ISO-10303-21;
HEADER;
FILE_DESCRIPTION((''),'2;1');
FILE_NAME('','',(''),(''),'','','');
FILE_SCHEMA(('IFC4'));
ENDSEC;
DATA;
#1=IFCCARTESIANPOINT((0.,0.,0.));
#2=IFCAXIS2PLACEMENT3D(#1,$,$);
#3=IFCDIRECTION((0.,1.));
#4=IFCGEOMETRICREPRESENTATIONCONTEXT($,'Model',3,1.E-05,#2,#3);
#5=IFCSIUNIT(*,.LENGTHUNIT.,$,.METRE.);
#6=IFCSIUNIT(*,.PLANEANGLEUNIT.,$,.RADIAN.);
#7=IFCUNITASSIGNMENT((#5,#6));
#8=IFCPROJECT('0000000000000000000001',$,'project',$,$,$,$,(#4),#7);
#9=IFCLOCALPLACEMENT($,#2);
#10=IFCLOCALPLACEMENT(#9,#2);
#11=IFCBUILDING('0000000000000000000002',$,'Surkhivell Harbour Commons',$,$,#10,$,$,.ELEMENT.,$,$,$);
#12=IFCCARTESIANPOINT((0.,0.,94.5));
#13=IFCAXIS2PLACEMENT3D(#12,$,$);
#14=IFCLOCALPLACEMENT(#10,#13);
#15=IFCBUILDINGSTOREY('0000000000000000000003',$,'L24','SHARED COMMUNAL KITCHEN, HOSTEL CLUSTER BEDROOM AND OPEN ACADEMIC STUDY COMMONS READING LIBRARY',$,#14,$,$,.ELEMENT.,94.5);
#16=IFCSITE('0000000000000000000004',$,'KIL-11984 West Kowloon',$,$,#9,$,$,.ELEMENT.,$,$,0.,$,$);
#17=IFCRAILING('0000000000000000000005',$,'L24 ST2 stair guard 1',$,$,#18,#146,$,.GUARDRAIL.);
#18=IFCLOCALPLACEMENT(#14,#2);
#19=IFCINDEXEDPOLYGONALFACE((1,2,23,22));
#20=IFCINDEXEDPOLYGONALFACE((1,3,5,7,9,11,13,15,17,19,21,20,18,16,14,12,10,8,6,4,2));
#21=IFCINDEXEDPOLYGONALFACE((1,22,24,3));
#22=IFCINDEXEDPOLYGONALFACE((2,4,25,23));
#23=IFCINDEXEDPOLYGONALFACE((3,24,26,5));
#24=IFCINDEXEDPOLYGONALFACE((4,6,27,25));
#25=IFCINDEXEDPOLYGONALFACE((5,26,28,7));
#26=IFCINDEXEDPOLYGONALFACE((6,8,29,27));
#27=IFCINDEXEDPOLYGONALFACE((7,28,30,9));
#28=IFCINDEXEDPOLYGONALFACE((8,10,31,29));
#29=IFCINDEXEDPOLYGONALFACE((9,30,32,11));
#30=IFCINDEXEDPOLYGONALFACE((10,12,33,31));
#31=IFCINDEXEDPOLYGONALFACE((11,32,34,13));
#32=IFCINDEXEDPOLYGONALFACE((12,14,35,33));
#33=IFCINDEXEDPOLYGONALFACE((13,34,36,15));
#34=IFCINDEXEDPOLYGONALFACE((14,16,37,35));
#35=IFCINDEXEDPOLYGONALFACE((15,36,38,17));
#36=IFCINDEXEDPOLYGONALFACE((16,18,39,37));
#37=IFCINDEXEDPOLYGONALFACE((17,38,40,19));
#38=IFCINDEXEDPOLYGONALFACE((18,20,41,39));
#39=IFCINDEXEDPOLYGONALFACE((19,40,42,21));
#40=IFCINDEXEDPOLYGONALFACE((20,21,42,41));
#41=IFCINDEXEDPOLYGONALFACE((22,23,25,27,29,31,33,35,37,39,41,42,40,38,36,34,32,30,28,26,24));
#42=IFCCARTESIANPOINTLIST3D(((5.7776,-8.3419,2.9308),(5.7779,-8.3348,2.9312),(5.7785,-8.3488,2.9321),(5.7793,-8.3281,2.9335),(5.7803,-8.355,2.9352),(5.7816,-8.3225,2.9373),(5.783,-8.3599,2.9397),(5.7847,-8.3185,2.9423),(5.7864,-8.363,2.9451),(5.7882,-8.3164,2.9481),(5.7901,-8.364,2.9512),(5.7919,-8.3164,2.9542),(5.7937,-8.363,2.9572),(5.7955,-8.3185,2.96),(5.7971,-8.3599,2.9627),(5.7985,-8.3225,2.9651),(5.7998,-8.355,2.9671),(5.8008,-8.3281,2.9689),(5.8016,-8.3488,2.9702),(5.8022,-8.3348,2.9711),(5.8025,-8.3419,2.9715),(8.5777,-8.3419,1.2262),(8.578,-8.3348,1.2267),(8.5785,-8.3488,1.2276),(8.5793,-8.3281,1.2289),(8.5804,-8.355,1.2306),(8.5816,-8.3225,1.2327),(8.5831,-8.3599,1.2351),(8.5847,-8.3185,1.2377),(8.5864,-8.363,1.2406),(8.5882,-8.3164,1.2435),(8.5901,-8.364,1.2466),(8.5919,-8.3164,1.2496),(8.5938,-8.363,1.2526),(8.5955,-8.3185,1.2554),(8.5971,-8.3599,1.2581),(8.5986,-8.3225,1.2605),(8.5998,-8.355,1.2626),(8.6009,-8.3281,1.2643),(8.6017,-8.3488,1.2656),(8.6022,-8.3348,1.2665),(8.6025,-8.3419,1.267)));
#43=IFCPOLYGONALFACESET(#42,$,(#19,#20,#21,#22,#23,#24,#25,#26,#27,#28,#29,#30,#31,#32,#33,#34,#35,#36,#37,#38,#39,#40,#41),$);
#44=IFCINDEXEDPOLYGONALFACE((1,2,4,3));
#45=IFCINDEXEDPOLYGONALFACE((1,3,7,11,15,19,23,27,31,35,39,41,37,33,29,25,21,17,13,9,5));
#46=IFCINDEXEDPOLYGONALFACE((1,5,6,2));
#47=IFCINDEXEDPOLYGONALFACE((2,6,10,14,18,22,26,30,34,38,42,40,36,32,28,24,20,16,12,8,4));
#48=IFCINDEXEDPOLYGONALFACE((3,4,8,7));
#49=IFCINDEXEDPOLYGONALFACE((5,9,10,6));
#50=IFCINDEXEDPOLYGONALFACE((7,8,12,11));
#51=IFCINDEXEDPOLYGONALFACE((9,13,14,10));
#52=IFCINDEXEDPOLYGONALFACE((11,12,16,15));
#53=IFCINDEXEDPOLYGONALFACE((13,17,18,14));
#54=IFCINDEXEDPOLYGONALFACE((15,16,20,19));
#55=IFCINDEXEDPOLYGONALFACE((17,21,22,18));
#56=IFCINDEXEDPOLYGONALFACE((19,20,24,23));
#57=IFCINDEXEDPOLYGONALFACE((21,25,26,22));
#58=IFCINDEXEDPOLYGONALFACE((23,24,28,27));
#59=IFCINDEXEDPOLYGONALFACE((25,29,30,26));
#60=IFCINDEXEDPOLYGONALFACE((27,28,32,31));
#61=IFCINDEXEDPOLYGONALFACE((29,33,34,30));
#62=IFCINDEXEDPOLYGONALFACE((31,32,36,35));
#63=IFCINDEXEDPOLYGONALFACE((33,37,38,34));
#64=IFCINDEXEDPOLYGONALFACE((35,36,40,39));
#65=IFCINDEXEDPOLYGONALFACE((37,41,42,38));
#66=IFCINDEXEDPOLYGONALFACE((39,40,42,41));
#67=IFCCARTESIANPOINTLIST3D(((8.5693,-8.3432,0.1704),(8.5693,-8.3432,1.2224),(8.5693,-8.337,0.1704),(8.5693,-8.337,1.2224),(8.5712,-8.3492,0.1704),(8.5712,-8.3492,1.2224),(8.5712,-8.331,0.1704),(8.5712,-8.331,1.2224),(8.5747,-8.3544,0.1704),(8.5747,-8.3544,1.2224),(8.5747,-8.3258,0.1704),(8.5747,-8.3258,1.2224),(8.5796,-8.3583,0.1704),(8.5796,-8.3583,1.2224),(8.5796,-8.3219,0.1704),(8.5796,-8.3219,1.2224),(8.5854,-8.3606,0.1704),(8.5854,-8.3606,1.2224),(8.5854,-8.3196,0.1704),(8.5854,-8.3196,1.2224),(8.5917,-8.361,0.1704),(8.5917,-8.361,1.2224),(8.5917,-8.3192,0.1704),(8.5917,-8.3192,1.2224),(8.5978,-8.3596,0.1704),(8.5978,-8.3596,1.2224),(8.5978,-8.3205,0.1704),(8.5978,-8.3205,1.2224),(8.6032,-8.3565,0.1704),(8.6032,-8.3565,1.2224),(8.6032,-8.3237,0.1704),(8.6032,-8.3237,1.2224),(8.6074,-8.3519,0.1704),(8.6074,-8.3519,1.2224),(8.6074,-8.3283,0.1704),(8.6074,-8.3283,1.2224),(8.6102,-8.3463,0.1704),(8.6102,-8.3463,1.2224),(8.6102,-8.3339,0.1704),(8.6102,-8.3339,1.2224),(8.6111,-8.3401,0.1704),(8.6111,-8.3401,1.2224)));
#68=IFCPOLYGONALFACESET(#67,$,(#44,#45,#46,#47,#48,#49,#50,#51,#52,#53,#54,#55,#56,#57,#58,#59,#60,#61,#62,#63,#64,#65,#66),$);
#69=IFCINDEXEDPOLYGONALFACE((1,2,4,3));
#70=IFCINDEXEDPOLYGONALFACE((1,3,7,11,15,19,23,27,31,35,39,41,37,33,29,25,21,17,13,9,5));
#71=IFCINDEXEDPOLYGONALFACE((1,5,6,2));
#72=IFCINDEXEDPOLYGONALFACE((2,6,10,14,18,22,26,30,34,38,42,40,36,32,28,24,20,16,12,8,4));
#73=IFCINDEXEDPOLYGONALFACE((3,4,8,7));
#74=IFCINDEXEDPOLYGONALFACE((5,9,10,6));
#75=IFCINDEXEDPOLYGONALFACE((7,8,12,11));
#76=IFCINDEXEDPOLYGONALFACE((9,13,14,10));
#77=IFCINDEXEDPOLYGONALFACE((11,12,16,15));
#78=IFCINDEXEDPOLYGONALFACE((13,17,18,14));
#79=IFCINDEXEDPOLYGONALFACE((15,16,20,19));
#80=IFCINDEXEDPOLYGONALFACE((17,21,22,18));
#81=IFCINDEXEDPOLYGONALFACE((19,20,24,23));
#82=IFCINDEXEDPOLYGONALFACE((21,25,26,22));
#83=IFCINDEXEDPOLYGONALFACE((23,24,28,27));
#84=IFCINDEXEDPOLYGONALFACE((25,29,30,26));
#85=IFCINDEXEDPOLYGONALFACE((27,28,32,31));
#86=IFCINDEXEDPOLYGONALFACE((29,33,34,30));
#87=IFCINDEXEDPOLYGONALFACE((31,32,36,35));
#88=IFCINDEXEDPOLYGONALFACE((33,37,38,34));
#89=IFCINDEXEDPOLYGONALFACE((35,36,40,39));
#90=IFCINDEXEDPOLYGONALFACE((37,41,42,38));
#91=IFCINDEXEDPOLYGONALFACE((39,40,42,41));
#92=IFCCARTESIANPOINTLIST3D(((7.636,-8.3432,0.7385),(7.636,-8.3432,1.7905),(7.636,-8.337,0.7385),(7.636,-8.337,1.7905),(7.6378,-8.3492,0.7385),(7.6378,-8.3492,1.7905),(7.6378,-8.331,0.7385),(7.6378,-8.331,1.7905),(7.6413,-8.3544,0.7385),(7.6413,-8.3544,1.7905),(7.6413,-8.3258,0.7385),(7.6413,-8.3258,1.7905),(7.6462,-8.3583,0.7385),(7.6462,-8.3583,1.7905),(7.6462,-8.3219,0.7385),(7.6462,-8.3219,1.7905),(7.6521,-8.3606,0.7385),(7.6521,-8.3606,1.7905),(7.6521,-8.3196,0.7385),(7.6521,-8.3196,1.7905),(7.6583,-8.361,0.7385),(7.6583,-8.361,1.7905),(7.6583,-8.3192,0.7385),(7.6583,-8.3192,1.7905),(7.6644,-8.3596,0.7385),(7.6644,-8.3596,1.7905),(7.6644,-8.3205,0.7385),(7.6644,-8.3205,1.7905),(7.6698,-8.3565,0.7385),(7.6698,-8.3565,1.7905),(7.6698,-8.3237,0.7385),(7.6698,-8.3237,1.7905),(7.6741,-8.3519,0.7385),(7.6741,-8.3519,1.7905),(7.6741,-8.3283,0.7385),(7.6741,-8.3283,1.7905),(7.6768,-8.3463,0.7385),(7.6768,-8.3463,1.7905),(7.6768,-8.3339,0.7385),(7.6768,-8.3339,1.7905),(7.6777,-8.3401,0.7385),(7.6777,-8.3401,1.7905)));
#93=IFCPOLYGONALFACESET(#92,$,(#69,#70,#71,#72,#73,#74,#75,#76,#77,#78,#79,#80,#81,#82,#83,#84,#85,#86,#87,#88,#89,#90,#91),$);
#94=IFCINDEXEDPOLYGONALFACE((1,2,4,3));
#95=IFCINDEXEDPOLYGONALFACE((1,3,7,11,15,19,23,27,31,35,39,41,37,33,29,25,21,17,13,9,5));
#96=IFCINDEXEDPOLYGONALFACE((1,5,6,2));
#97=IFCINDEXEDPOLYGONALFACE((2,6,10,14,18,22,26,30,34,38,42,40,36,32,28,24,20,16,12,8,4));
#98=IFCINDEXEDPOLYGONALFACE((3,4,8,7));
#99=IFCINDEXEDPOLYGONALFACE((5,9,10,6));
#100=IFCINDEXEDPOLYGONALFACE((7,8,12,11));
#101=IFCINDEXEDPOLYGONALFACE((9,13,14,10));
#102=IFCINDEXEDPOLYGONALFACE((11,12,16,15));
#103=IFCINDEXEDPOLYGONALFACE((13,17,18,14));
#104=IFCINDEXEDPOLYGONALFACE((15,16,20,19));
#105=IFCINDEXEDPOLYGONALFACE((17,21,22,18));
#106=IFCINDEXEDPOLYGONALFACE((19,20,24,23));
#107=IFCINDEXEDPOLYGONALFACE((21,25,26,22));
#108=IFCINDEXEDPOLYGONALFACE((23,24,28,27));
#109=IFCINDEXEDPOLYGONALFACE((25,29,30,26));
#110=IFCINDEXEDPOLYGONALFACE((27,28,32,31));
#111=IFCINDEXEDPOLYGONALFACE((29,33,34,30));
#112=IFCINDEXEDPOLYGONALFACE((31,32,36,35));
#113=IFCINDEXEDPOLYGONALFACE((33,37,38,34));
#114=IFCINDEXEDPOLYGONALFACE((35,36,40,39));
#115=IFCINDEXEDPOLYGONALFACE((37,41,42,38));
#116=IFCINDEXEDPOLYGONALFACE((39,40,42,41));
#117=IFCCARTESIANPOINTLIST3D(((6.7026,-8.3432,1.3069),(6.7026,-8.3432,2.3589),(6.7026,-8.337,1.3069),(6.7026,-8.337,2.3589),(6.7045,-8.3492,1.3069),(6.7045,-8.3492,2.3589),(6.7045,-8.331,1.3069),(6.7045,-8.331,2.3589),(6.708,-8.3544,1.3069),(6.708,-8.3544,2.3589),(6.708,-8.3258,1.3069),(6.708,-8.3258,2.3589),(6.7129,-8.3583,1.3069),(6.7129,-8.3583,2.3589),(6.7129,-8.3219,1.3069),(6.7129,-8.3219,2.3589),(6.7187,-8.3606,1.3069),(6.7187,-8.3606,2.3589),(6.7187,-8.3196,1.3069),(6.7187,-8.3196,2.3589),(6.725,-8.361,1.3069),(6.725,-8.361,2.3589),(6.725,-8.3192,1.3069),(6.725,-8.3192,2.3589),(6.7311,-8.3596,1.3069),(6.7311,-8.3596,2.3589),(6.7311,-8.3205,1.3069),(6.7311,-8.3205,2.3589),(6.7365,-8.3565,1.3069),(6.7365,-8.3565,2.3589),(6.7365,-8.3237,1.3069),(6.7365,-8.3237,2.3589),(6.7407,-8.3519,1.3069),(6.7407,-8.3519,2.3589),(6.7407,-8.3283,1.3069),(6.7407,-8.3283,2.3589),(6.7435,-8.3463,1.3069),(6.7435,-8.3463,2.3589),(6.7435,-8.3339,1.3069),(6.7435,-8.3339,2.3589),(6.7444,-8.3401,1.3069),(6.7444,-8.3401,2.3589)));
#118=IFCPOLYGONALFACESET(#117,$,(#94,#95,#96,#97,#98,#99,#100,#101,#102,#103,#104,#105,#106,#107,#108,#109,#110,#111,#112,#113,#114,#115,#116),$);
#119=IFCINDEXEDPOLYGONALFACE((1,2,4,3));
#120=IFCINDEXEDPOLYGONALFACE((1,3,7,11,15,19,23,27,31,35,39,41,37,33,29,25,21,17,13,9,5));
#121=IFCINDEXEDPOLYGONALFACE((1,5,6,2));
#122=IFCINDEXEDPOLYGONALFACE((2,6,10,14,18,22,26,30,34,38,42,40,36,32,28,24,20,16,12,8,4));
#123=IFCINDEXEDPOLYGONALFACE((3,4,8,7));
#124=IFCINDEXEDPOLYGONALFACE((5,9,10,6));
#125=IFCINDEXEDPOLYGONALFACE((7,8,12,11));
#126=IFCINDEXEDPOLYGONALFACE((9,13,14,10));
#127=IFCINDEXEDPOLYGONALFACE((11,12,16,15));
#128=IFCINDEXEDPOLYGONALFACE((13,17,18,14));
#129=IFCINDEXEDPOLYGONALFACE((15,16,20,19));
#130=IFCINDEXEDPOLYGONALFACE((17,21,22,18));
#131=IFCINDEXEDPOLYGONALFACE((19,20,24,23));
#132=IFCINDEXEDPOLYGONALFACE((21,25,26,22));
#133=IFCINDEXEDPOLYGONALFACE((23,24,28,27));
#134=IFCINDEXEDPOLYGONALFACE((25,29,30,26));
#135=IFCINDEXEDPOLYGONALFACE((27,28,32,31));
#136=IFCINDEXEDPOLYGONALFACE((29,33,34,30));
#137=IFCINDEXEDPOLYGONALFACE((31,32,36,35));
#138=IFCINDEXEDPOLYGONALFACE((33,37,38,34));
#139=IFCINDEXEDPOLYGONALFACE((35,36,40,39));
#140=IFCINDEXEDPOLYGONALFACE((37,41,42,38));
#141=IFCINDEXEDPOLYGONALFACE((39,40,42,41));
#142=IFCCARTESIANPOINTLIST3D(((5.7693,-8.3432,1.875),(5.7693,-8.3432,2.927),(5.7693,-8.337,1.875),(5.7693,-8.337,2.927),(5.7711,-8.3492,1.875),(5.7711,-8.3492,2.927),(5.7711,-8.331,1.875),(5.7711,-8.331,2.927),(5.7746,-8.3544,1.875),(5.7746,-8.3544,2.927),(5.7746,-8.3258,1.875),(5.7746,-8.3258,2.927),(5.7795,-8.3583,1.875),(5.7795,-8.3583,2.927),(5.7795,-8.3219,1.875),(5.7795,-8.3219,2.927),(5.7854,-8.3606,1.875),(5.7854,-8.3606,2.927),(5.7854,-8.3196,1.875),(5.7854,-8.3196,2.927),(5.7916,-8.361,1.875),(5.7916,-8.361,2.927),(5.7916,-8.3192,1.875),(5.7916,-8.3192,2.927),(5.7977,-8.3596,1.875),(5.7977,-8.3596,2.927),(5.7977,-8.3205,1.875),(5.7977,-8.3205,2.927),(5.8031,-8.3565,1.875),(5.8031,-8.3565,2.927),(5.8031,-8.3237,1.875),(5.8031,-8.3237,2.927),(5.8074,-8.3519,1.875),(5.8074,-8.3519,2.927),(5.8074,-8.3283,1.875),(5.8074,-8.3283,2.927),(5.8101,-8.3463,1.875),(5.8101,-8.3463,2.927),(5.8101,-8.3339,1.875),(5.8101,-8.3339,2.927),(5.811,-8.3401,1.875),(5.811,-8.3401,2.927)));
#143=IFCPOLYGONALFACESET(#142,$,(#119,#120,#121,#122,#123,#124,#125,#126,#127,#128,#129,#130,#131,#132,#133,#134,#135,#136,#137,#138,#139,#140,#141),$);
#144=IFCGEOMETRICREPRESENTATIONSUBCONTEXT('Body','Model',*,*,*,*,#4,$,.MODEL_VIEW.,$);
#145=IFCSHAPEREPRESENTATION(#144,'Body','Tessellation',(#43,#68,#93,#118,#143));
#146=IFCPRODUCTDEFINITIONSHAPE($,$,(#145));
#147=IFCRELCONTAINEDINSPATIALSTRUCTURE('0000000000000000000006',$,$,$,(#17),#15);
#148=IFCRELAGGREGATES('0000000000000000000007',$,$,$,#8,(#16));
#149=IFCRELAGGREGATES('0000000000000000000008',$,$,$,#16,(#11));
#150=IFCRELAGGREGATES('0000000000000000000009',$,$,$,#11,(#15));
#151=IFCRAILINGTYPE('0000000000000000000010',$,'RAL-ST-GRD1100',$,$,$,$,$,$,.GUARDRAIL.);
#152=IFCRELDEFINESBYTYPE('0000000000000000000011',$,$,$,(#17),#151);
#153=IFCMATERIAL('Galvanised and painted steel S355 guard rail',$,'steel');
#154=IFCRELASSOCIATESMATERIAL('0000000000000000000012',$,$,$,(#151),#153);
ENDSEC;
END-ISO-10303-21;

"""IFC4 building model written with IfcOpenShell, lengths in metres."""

from ifc_helpers import new_model, si_unit, direction, frame, origin, origin_2d, place, context, subcontext, project, spatial, circle, extrude, material, type_object, element, save


model = new_model("IFC4")

# Units and contexts
model_context = context("Model", 3, precision=1e-05, world=origin(), true_north=direction((0.0, 1.0)))
body_context = subcontext(model_context, "Body", "Model", "MODEL_VIEW")
ifc_project = project(units=[si_unit("LENGTHUNIT", "METRE"), si_unit("PLANEANGLEUNIT", "RADIAN")], contexts=[model_context])

# Site, building, storey
site_placement = place(None, origin())
site = spatial("IfcSite", under=ifc_project, at=site_placement, Name="KIL-11984 West Kowloon", CompositionType="ELEMENT", RefElevation=0.0)
building_placement = place(site_placement, origin())
building = spatial("IfcBuilding", under=site, at=building_placement, Name="Surkhivell Harbour Commons", CompositionType="ELEMENT")
storey_placement = place(building_placement, frame((0.0, 0.0, 94.5)))
storey = spatial("IfcBuildingStorey", under=building, at=storey_placement, Name="L24", Description="SHARED COMMUNAL KITCHEN, HOSTEL CLUSTER BEDROOM AND OPEN ACADEMIC STUDY COMMONS READING LIBRARY", CompositionType="ELEMENT", Elevation=94.5)

# Railing
ifc_material_1 = material(Name="Galvanised and painted steel S355 guard rail", Category="steel")
railing_type_1 = type_object("IfcRailingType", Name="RAL-ST-GRD1100", PredefinedType="GUARDRAIL", material=ifc_material_1)
railing_1_placement = place(storey_placement, frame((8.5901, -8.3401, 0.1704)))
element("IfcRailing", 1, at=railing_1_placement, inside=storey, type_object=railing_type_1, Name="L24 ST2 stair guard 1", PredefinedType="GUARDRAIL", context=body_context, shape_type="SweptSolid", body=[
    extrude(circle(Radius=0.0239, at=origin_2d()), frame((0.0, 0.0, 1.0762), z_axis=(-0.85417, 0.0, 0.519994), x_axis=(0.0, -1.0, 0.0)), (0.0, 0.0, 1.0), 3.2781),
    extrude(circle(Radius=0.021, at=origin_2d()), origin(), (0.0, 0.0, 1.0), 1.052),
    extrude(circle(Radius=0.021, at=origin_2d()), frame((-0.9333, 0.0, 0.5681)), (0.0, 0.0, 1.0), 1.052),
    extrude(circle(Radius=0.021, at=origin_2d()), frame((-1.8667, 0.0, 1.1365)), (0.0, 0.0, 1.0), 1.052),
    extrude(circle(Radius=0.021, at=origin_2d()), frame((-2.8, 0.0, 1.7046)), (0.0, 0.0, 1.0), 1.052),
])

save(model, "model.ifc")
